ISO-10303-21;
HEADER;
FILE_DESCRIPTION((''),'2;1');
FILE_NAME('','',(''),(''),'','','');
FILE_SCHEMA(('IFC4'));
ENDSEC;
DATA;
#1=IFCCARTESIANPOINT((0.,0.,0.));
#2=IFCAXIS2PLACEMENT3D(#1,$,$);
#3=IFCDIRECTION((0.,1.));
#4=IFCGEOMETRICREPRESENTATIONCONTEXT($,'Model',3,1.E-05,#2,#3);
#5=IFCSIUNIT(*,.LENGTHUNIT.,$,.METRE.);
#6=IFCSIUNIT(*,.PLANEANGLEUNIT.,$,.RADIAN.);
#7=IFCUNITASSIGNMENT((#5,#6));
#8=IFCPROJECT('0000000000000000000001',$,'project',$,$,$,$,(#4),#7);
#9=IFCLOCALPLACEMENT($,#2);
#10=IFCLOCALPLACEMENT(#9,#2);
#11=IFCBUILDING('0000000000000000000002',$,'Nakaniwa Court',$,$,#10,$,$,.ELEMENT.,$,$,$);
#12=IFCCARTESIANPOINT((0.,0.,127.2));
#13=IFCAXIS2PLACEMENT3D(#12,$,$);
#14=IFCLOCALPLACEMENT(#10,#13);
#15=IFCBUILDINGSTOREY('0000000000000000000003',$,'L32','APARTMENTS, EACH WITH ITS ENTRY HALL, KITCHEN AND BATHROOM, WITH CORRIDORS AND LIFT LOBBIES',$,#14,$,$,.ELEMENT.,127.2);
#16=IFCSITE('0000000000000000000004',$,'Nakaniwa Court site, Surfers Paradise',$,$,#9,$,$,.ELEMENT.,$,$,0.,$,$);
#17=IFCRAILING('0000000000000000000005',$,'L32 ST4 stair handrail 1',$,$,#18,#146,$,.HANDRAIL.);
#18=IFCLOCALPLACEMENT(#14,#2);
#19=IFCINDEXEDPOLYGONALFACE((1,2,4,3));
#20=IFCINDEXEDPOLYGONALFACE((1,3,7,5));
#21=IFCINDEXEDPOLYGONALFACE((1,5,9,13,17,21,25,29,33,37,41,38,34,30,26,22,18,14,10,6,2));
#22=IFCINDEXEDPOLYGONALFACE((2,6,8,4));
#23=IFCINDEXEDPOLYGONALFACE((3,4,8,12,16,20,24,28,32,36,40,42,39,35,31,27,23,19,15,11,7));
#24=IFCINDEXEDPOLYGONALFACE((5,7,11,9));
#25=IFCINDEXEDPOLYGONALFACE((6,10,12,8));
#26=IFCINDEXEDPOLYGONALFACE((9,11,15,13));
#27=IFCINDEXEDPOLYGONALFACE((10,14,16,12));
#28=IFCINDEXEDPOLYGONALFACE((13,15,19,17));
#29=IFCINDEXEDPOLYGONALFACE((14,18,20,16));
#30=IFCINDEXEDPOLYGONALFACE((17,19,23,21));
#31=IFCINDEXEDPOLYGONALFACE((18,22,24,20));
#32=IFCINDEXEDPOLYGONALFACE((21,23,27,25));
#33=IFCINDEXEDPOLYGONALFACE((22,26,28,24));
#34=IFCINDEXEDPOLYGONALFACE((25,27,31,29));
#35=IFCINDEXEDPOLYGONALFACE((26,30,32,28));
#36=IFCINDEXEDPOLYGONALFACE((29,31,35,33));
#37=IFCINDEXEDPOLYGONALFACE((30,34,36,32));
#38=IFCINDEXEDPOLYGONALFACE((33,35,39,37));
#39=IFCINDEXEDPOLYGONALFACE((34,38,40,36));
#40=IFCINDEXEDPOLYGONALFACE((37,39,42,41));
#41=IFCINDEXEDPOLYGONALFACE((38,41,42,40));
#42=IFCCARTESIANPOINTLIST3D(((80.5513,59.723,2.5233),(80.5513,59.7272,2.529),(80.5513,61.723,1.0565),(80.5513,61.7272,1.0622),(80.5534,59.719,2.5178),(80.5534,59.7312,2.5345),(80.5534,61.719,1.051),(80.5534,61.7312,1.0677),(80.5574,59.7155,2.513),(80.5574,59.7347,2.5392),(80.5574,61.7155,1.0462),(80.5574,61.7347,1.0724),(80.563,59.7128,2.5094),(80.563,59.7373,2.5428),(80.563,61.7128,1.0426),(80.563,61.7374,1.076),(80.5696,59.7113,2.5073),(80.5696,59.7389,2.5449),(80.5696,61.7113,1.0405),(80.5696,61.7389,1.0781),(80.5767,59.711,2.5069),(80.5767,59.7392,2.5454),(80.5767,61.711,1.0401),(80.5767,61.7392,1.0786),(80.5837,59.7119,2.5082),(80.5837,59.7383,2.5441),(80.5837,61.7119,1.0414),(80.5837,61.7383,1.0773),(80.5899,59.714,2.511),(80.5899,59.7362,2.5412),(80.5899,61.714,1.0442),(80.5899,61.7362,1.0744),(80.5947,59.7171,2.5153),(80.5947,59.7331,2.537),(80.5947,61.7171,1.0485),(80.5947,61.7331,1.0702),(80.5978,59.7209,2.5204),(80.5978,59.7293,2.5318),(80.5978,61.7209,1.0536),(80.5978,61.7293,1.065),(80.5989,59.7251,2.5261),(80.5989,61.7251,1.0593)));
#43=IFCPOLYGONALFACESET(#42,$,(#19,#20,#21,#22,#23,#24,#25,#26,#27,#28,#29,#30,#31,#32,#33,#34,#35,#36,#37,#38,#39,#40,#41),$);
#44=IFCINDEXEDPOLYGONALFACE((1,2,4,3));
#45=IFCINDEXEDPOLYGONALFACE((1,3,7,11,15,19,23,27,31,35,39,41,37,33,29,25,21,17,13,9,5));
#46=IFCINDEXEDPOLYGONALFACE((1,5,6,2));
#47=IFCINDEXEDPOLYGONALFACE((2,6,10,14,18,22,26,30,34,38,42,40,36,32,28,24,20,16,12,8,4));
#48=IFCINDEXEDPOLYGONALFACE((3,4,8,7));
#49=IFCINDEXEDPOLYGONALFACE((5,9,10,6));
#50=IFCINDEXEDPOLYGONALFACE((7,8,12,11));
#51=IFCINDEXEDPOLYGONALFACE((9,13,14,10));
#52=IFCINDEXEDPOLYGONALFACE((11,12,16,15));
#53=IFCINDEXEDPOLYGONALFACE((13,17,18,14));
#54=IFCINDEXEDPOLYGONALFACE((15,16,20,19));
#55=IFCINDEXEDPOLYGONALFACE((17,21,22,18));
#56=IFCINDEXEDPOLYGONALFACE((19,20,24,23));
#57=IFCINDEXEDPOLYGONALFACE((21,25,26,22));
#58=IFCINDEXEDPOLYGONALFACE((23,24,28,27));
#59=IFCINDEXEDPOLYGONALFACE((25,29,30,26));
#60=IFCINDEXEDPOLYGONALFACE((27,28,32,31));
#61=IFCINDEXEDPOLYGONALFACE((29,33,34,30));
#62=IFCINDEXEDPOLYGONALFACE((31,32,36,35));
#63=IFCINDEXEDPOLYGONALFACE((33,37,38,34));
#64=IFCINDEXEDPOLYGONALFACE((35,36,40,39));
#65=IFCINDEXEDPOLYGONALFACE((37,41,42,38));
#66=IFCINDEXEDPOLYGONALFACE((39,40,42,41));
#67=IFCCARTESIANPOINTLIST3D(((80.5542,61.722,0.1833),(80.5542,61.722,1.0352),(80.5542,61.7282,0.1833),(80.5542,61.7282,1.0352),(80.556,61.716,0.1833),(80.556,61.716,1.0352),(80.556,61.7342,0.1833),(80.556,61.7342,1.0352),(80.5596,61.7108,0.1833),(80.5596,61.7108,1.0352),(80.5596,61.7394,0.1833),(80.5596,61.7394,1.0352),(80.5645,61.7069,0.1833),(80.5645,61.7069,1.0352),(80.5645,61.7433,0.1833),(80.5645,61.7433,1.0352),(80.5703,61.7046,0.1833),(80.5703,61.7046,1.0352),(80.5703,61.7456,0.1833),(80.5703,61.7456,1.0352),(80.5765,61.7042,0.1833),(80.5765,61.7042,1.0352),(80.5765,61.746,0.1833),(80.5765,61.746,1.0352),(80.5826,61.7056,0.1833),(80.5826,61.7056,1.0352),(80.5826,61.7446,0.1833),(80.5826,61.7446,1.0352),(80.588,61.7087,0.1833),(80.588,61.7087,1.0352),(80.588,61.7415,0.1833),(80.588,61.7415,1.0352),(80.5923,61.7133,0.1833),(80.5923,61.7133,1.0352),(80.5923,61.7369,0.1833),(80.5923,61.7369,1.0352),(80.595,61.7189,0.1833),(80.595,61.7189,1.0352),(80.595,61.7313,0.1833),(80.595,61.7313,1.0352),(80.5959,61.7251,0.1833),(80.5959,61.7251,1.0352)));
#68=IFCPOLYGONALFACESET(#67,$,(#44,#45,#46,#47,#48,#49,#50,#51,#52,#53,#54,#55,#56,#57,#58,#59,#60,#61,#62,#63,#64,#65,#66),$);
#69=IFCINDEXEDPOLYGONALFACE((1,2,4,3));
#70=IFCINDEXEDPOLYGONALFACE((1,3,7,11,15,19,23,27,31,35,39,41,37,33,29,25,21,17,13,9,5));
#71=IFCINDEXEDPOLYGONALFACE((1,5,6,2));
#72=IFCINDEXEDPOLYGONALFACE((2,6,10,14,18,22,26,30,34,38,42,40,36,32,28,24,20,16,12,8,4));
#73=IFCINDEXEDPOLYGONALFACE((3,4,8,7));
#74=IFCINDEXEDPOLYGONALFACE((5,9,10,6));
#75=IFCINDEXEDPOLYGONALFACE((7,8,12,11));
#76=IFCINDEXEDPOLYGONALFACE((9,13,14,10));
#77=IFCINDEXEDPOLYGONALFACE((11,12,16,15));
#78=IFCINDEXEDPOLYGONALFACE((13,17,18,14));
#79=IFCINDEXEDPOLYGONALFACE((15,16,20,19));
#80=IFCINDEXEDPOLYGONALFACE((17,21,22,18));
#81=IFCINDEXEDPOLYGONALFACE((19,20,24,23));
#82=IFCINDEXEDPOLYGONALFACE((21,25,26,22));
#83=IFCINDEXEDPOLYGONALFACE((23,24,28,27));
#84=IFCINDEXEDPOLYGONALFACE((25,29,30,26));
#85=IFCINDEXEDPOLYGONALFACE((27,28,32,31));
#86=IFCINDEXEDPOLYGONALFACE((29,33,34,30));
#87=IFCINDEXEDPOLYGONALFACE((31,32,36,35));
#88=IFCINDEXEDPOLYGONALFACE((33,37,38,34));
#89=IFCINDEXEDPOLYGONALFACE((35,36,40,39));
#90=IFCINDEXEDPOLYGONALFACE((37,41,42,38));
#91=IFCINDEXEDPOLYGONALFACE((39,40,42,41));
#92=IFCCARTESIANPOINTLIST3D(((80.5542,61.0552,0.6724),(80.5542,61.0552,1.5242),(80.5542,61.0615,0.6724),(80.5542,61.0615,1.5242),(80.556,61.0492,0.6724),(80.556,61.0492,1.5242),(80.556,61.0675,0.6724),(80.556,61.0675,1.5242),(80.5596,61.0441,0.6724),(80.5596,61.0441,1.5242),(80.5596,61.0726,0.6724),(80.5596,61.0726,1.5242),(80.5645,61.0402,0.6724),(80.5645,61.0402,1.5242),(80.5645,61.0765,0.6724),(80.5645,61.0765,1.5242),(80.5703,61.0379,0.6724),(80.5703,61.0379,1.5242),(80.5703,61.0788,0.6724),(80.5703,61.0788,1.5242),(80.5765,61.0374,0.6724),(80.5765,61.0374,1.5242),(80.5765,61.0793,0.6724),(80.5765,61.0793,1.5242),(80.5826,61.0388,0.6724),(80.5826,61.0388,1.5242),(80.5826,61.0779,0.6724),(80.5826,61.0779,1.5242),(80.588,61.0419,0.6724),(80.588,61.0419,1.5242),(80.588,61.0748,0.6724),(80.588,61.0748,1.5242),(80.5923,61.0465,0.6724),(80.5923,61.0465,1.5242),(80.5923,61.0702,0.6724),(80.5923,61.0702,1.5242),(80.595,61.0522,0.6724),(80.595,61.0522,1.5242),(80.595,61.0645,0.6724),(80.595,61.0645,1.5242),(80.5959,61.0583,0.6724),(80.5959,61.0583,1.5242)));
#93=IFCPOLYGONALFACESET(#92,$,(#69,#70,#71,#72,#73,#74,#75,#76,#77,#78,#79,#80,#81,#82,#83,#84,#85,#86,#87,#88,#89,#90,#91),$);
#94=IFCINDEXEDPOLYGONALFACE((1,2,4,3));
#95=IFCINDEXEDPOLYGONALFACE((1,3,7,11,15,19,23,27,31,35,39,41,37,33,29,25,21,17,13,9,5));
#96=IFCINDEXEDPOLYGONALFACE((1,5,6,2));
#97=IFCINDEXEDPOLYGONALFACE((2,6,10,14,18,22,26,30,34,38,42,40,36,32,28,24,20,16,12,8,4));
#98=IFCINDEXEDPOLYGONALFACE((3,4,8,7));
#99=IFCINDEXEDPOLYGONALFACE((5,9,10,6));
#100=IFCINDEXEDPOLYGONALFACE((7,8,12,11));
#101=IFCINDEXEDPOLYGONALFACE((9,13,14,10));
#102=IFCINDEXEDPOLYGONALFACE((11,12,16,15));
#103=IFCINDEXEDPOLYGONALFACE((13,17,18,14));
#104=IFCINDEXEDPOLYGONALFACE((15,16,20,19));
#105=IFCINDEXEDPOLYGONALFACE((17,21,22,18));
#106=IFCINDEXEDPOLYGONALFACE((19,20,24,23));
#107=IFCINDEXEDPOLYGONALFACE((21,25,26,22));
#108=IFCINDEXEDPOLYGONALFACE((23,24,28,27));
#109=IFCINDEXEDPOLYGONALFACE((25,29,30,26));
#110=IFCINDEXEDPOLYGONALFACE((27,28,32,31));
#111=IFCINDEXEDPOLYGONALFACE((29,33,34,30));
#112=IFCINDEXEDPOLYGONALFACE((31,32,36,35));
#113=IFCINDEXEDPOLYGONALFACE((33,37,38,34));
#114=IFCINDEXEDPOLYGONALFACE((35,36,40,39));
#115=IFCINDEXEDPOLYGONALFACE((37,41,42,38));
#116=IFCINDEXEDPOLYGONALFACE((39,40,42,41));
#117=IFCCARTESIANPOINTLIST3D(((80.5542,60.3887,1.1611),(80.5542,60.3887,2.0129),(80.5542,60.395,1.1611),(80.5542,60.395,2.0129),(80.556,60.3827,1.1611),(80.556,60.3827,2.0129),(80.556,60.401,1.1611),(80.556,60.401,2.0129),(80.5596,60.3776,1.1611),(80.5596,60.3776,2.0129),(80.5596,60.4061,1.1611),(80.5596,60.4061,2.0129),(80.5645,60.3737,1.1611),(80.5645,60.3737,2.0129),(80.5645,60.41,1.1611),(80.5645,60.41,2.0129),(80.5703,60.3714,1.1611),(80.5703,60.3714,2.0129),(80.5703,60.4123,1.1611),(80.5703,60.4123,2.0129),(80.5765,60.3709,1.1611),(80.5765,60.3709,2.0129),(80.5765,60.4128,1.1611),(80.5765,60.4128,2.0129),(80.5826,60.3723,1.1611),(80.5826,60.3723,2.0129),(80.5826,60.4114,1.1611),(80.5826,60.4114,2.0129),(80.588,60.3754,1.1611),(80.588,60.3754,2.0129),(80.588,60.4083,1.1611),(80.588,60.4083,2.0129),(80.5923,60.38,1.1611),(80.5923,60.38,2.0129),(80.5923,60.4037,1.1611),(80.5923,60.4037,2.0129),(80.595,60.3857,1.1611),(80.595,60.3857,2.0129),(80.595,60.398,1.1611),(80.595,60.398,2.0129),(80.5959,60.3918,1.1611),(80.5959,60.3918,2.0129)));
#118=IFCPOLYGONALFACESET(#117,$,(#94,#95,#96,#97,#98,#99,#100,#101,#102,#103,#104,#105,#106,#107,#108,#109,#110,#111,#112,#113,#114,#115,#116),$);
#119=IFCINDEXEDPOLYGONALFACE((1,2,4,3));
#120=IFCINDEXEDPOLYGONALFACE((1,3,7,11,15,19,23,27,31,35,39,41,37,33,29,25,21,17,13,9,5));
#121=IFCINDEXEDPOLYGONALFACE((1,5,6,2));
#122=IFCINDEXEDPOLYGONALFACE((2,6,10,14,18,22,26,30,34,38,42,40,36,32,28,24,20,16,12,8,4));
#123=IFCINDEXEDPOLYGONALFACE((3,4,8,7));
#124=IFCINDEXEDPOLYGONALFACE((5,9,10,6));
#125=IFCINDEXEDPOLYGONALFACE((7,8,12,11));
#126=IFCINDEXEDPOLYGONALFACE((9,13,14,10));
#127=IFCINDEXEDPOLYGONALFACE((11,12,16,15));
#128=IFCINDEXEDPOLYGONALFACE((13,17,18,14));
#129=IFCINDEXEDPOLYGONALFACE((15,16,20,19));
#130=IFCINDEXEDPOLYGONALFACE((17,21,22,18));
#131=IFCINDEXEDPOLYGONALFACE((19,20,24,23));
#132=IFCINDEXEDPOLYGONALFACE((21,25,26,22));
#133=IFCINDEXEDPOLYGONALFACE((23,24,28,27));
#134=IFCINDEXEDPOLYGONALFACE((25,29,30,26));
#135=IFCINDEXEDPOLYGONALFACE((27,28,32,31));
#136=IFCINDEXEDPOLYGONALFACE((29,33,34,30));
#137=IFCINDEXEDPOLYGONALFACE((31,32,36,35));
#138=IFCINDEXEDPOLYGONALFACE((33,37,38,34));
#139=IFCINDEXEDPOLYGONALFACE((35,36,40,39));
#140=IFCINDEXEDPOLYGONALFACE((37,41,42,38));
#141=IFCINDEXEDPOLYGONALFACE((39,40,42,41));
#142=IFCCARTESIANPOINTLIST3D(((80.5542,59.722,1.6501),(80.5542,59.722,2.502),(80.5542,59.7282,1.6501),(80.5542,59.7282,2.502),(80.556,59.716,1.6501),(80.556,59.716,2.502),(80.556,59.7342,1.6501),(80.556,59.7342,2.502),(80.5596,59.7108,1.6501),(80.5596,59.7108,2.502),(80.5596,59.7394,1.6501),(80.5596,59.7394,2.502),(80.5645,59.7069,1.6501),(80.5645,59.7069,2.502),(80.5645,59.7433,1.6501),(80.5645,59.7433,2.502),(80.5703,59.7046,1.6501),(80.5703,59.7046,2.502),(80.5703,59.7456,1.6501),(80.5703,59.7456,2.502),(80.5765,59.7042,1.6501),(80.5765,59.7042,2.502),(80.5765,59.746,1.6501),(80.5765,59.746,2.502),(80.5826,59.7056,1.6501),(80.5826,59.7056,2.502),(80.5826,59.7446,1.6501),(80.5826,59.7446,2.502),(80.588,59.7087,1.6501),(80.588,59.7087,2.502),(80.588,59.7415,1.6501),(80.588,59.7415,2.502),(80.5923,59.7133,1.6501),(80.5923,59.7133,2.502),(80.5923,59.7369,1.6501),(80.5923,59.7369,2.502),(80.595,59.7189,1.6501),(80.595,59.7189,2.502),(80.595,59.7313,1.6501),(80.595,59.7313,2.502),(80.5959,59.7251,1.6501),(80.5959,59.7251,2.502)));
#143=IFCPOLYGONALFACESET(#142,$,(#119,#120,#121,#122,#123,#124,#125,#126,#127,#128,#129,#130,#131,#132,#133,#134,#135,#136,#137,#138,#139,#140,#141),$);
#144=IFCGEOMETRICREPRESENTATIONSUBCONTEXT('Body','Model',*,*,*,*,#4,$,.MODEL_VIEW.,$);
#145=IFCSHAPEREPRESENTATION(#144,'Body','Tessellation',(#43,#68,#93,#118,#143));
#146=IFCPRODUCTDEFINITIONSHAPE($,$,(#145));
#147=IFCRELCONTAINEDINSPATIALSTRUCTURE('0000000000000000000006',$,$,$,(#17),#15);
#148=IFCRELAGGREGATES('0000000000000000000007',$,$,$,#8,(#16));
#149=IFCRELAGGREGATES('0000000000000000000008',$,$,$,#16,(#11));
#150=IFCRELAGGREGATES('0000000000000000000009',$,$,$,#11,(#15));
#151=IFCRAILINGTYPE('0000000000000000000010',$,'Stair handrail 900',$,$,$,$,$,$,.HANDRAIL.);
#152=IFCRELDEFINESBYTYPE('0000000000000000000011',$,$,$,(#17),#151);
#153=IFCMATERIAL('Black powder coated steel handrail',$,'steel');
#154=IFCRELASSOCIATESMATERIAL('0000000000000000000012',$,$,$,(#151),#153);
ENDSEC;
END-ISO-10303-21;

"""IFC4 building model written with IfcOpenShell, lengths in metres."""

from ifc_helpers import new_model, si_unit, direction, frame, origin, origin_2d, place, context, subcontext, project, spatial, circle, extrude, material, type_object, element, save


model = new_model("IFC4")

# Units and contexts
model_context = context("Model", 3, precision=1e-05, world=origin(), true_north=direction((0.0, 1.0)))
body_context = subcontext(model_context, "Body", "Model", "MODEL_VIEW")
ifc_project = project(units=[si_unit("LENGTHUNIT", "METRE"), si_unit("PLANEANGLEUNIT", "RADIAN")], contexts=[model_context])

# Site, building, storey
site_placement = place(None, origin())
site = spatial("IfcSite", under=ifc_project, at=site_placement, Name="Nakaniwa Court site, Surfers Paradise", CompositionType="ELEMENT", RefElevation=0.0)
building_placement = place(site_placement, origin())
building = spatial("IfcBuilding", under=site, at=building_placement, Name="Nakaniwa Court", CompositionType="ELEMENT")
storey_placement = place(building_placement, frame((0.0, 0.0, 127.2)))
storey = spatial("IfcBuildingStorey", under=building, at=storey_placement, Name="L32", Description="APARTMENTS, EACH WITH ITS ENTRY HALL, KITCHEN AND BATHROOM, WITH CORRIDORS AND LIFT LOBBIES", CompositionType="ELEMENT", Elevation=127.2)

# Railing
ifc_material_1 = material(Name="Black powder coated steel handrail", Category="steel")
railing_type_1 = type_object("IfcRailingType", Name="Stair handrail 900", PredefinedType="HANDRAIL", material=ifc_material_1)
railing_1_placement = place(storey_placement, frame((80.575, 61.7251, 0.1833)))
element("IfcRailing", 1, at=railing_1_placement, inside=storey, type_object=railing_type_1, Name="L32 ST4 stair handrail 1", PredefinedType="HANDRAIL", context=body_context, shape_type="SweptSolid", body=[
    extrude(circle(Radius=0.0239, at=origin_2d()), frame((0.0, 0.0, 0.876), z_axis=(0.0, -0.80638, 0.591398), x_axis=(1.0, 0.0, 0.0)), (0.0, 0.0, 1.0), 2.4802),
    extrude(circle(Radius=0.021, at=origin_2d()), origin(), (0.0, 0.0, 1.0), 0.8518),
    extrude(circle(Radius=0.021, at=origin_2d()), frame((0.0, -0.6667, 0.489)), (0.0, 0.0, 1.0), 0.8518),
    extrude(circle(Radius=0.021, at=origin_2d()), frame((0.0, -1.3333, 0.9778)), (0.0, 0.0, 1.0), 0.8518),
    extrude(circle(Radius=0.021, at=origin_2d()), frame((0.0, -2.0, 1.4668)), (0.0, 0.0, 1.0), 0.8518),
])

save(model, "model.ifc")
